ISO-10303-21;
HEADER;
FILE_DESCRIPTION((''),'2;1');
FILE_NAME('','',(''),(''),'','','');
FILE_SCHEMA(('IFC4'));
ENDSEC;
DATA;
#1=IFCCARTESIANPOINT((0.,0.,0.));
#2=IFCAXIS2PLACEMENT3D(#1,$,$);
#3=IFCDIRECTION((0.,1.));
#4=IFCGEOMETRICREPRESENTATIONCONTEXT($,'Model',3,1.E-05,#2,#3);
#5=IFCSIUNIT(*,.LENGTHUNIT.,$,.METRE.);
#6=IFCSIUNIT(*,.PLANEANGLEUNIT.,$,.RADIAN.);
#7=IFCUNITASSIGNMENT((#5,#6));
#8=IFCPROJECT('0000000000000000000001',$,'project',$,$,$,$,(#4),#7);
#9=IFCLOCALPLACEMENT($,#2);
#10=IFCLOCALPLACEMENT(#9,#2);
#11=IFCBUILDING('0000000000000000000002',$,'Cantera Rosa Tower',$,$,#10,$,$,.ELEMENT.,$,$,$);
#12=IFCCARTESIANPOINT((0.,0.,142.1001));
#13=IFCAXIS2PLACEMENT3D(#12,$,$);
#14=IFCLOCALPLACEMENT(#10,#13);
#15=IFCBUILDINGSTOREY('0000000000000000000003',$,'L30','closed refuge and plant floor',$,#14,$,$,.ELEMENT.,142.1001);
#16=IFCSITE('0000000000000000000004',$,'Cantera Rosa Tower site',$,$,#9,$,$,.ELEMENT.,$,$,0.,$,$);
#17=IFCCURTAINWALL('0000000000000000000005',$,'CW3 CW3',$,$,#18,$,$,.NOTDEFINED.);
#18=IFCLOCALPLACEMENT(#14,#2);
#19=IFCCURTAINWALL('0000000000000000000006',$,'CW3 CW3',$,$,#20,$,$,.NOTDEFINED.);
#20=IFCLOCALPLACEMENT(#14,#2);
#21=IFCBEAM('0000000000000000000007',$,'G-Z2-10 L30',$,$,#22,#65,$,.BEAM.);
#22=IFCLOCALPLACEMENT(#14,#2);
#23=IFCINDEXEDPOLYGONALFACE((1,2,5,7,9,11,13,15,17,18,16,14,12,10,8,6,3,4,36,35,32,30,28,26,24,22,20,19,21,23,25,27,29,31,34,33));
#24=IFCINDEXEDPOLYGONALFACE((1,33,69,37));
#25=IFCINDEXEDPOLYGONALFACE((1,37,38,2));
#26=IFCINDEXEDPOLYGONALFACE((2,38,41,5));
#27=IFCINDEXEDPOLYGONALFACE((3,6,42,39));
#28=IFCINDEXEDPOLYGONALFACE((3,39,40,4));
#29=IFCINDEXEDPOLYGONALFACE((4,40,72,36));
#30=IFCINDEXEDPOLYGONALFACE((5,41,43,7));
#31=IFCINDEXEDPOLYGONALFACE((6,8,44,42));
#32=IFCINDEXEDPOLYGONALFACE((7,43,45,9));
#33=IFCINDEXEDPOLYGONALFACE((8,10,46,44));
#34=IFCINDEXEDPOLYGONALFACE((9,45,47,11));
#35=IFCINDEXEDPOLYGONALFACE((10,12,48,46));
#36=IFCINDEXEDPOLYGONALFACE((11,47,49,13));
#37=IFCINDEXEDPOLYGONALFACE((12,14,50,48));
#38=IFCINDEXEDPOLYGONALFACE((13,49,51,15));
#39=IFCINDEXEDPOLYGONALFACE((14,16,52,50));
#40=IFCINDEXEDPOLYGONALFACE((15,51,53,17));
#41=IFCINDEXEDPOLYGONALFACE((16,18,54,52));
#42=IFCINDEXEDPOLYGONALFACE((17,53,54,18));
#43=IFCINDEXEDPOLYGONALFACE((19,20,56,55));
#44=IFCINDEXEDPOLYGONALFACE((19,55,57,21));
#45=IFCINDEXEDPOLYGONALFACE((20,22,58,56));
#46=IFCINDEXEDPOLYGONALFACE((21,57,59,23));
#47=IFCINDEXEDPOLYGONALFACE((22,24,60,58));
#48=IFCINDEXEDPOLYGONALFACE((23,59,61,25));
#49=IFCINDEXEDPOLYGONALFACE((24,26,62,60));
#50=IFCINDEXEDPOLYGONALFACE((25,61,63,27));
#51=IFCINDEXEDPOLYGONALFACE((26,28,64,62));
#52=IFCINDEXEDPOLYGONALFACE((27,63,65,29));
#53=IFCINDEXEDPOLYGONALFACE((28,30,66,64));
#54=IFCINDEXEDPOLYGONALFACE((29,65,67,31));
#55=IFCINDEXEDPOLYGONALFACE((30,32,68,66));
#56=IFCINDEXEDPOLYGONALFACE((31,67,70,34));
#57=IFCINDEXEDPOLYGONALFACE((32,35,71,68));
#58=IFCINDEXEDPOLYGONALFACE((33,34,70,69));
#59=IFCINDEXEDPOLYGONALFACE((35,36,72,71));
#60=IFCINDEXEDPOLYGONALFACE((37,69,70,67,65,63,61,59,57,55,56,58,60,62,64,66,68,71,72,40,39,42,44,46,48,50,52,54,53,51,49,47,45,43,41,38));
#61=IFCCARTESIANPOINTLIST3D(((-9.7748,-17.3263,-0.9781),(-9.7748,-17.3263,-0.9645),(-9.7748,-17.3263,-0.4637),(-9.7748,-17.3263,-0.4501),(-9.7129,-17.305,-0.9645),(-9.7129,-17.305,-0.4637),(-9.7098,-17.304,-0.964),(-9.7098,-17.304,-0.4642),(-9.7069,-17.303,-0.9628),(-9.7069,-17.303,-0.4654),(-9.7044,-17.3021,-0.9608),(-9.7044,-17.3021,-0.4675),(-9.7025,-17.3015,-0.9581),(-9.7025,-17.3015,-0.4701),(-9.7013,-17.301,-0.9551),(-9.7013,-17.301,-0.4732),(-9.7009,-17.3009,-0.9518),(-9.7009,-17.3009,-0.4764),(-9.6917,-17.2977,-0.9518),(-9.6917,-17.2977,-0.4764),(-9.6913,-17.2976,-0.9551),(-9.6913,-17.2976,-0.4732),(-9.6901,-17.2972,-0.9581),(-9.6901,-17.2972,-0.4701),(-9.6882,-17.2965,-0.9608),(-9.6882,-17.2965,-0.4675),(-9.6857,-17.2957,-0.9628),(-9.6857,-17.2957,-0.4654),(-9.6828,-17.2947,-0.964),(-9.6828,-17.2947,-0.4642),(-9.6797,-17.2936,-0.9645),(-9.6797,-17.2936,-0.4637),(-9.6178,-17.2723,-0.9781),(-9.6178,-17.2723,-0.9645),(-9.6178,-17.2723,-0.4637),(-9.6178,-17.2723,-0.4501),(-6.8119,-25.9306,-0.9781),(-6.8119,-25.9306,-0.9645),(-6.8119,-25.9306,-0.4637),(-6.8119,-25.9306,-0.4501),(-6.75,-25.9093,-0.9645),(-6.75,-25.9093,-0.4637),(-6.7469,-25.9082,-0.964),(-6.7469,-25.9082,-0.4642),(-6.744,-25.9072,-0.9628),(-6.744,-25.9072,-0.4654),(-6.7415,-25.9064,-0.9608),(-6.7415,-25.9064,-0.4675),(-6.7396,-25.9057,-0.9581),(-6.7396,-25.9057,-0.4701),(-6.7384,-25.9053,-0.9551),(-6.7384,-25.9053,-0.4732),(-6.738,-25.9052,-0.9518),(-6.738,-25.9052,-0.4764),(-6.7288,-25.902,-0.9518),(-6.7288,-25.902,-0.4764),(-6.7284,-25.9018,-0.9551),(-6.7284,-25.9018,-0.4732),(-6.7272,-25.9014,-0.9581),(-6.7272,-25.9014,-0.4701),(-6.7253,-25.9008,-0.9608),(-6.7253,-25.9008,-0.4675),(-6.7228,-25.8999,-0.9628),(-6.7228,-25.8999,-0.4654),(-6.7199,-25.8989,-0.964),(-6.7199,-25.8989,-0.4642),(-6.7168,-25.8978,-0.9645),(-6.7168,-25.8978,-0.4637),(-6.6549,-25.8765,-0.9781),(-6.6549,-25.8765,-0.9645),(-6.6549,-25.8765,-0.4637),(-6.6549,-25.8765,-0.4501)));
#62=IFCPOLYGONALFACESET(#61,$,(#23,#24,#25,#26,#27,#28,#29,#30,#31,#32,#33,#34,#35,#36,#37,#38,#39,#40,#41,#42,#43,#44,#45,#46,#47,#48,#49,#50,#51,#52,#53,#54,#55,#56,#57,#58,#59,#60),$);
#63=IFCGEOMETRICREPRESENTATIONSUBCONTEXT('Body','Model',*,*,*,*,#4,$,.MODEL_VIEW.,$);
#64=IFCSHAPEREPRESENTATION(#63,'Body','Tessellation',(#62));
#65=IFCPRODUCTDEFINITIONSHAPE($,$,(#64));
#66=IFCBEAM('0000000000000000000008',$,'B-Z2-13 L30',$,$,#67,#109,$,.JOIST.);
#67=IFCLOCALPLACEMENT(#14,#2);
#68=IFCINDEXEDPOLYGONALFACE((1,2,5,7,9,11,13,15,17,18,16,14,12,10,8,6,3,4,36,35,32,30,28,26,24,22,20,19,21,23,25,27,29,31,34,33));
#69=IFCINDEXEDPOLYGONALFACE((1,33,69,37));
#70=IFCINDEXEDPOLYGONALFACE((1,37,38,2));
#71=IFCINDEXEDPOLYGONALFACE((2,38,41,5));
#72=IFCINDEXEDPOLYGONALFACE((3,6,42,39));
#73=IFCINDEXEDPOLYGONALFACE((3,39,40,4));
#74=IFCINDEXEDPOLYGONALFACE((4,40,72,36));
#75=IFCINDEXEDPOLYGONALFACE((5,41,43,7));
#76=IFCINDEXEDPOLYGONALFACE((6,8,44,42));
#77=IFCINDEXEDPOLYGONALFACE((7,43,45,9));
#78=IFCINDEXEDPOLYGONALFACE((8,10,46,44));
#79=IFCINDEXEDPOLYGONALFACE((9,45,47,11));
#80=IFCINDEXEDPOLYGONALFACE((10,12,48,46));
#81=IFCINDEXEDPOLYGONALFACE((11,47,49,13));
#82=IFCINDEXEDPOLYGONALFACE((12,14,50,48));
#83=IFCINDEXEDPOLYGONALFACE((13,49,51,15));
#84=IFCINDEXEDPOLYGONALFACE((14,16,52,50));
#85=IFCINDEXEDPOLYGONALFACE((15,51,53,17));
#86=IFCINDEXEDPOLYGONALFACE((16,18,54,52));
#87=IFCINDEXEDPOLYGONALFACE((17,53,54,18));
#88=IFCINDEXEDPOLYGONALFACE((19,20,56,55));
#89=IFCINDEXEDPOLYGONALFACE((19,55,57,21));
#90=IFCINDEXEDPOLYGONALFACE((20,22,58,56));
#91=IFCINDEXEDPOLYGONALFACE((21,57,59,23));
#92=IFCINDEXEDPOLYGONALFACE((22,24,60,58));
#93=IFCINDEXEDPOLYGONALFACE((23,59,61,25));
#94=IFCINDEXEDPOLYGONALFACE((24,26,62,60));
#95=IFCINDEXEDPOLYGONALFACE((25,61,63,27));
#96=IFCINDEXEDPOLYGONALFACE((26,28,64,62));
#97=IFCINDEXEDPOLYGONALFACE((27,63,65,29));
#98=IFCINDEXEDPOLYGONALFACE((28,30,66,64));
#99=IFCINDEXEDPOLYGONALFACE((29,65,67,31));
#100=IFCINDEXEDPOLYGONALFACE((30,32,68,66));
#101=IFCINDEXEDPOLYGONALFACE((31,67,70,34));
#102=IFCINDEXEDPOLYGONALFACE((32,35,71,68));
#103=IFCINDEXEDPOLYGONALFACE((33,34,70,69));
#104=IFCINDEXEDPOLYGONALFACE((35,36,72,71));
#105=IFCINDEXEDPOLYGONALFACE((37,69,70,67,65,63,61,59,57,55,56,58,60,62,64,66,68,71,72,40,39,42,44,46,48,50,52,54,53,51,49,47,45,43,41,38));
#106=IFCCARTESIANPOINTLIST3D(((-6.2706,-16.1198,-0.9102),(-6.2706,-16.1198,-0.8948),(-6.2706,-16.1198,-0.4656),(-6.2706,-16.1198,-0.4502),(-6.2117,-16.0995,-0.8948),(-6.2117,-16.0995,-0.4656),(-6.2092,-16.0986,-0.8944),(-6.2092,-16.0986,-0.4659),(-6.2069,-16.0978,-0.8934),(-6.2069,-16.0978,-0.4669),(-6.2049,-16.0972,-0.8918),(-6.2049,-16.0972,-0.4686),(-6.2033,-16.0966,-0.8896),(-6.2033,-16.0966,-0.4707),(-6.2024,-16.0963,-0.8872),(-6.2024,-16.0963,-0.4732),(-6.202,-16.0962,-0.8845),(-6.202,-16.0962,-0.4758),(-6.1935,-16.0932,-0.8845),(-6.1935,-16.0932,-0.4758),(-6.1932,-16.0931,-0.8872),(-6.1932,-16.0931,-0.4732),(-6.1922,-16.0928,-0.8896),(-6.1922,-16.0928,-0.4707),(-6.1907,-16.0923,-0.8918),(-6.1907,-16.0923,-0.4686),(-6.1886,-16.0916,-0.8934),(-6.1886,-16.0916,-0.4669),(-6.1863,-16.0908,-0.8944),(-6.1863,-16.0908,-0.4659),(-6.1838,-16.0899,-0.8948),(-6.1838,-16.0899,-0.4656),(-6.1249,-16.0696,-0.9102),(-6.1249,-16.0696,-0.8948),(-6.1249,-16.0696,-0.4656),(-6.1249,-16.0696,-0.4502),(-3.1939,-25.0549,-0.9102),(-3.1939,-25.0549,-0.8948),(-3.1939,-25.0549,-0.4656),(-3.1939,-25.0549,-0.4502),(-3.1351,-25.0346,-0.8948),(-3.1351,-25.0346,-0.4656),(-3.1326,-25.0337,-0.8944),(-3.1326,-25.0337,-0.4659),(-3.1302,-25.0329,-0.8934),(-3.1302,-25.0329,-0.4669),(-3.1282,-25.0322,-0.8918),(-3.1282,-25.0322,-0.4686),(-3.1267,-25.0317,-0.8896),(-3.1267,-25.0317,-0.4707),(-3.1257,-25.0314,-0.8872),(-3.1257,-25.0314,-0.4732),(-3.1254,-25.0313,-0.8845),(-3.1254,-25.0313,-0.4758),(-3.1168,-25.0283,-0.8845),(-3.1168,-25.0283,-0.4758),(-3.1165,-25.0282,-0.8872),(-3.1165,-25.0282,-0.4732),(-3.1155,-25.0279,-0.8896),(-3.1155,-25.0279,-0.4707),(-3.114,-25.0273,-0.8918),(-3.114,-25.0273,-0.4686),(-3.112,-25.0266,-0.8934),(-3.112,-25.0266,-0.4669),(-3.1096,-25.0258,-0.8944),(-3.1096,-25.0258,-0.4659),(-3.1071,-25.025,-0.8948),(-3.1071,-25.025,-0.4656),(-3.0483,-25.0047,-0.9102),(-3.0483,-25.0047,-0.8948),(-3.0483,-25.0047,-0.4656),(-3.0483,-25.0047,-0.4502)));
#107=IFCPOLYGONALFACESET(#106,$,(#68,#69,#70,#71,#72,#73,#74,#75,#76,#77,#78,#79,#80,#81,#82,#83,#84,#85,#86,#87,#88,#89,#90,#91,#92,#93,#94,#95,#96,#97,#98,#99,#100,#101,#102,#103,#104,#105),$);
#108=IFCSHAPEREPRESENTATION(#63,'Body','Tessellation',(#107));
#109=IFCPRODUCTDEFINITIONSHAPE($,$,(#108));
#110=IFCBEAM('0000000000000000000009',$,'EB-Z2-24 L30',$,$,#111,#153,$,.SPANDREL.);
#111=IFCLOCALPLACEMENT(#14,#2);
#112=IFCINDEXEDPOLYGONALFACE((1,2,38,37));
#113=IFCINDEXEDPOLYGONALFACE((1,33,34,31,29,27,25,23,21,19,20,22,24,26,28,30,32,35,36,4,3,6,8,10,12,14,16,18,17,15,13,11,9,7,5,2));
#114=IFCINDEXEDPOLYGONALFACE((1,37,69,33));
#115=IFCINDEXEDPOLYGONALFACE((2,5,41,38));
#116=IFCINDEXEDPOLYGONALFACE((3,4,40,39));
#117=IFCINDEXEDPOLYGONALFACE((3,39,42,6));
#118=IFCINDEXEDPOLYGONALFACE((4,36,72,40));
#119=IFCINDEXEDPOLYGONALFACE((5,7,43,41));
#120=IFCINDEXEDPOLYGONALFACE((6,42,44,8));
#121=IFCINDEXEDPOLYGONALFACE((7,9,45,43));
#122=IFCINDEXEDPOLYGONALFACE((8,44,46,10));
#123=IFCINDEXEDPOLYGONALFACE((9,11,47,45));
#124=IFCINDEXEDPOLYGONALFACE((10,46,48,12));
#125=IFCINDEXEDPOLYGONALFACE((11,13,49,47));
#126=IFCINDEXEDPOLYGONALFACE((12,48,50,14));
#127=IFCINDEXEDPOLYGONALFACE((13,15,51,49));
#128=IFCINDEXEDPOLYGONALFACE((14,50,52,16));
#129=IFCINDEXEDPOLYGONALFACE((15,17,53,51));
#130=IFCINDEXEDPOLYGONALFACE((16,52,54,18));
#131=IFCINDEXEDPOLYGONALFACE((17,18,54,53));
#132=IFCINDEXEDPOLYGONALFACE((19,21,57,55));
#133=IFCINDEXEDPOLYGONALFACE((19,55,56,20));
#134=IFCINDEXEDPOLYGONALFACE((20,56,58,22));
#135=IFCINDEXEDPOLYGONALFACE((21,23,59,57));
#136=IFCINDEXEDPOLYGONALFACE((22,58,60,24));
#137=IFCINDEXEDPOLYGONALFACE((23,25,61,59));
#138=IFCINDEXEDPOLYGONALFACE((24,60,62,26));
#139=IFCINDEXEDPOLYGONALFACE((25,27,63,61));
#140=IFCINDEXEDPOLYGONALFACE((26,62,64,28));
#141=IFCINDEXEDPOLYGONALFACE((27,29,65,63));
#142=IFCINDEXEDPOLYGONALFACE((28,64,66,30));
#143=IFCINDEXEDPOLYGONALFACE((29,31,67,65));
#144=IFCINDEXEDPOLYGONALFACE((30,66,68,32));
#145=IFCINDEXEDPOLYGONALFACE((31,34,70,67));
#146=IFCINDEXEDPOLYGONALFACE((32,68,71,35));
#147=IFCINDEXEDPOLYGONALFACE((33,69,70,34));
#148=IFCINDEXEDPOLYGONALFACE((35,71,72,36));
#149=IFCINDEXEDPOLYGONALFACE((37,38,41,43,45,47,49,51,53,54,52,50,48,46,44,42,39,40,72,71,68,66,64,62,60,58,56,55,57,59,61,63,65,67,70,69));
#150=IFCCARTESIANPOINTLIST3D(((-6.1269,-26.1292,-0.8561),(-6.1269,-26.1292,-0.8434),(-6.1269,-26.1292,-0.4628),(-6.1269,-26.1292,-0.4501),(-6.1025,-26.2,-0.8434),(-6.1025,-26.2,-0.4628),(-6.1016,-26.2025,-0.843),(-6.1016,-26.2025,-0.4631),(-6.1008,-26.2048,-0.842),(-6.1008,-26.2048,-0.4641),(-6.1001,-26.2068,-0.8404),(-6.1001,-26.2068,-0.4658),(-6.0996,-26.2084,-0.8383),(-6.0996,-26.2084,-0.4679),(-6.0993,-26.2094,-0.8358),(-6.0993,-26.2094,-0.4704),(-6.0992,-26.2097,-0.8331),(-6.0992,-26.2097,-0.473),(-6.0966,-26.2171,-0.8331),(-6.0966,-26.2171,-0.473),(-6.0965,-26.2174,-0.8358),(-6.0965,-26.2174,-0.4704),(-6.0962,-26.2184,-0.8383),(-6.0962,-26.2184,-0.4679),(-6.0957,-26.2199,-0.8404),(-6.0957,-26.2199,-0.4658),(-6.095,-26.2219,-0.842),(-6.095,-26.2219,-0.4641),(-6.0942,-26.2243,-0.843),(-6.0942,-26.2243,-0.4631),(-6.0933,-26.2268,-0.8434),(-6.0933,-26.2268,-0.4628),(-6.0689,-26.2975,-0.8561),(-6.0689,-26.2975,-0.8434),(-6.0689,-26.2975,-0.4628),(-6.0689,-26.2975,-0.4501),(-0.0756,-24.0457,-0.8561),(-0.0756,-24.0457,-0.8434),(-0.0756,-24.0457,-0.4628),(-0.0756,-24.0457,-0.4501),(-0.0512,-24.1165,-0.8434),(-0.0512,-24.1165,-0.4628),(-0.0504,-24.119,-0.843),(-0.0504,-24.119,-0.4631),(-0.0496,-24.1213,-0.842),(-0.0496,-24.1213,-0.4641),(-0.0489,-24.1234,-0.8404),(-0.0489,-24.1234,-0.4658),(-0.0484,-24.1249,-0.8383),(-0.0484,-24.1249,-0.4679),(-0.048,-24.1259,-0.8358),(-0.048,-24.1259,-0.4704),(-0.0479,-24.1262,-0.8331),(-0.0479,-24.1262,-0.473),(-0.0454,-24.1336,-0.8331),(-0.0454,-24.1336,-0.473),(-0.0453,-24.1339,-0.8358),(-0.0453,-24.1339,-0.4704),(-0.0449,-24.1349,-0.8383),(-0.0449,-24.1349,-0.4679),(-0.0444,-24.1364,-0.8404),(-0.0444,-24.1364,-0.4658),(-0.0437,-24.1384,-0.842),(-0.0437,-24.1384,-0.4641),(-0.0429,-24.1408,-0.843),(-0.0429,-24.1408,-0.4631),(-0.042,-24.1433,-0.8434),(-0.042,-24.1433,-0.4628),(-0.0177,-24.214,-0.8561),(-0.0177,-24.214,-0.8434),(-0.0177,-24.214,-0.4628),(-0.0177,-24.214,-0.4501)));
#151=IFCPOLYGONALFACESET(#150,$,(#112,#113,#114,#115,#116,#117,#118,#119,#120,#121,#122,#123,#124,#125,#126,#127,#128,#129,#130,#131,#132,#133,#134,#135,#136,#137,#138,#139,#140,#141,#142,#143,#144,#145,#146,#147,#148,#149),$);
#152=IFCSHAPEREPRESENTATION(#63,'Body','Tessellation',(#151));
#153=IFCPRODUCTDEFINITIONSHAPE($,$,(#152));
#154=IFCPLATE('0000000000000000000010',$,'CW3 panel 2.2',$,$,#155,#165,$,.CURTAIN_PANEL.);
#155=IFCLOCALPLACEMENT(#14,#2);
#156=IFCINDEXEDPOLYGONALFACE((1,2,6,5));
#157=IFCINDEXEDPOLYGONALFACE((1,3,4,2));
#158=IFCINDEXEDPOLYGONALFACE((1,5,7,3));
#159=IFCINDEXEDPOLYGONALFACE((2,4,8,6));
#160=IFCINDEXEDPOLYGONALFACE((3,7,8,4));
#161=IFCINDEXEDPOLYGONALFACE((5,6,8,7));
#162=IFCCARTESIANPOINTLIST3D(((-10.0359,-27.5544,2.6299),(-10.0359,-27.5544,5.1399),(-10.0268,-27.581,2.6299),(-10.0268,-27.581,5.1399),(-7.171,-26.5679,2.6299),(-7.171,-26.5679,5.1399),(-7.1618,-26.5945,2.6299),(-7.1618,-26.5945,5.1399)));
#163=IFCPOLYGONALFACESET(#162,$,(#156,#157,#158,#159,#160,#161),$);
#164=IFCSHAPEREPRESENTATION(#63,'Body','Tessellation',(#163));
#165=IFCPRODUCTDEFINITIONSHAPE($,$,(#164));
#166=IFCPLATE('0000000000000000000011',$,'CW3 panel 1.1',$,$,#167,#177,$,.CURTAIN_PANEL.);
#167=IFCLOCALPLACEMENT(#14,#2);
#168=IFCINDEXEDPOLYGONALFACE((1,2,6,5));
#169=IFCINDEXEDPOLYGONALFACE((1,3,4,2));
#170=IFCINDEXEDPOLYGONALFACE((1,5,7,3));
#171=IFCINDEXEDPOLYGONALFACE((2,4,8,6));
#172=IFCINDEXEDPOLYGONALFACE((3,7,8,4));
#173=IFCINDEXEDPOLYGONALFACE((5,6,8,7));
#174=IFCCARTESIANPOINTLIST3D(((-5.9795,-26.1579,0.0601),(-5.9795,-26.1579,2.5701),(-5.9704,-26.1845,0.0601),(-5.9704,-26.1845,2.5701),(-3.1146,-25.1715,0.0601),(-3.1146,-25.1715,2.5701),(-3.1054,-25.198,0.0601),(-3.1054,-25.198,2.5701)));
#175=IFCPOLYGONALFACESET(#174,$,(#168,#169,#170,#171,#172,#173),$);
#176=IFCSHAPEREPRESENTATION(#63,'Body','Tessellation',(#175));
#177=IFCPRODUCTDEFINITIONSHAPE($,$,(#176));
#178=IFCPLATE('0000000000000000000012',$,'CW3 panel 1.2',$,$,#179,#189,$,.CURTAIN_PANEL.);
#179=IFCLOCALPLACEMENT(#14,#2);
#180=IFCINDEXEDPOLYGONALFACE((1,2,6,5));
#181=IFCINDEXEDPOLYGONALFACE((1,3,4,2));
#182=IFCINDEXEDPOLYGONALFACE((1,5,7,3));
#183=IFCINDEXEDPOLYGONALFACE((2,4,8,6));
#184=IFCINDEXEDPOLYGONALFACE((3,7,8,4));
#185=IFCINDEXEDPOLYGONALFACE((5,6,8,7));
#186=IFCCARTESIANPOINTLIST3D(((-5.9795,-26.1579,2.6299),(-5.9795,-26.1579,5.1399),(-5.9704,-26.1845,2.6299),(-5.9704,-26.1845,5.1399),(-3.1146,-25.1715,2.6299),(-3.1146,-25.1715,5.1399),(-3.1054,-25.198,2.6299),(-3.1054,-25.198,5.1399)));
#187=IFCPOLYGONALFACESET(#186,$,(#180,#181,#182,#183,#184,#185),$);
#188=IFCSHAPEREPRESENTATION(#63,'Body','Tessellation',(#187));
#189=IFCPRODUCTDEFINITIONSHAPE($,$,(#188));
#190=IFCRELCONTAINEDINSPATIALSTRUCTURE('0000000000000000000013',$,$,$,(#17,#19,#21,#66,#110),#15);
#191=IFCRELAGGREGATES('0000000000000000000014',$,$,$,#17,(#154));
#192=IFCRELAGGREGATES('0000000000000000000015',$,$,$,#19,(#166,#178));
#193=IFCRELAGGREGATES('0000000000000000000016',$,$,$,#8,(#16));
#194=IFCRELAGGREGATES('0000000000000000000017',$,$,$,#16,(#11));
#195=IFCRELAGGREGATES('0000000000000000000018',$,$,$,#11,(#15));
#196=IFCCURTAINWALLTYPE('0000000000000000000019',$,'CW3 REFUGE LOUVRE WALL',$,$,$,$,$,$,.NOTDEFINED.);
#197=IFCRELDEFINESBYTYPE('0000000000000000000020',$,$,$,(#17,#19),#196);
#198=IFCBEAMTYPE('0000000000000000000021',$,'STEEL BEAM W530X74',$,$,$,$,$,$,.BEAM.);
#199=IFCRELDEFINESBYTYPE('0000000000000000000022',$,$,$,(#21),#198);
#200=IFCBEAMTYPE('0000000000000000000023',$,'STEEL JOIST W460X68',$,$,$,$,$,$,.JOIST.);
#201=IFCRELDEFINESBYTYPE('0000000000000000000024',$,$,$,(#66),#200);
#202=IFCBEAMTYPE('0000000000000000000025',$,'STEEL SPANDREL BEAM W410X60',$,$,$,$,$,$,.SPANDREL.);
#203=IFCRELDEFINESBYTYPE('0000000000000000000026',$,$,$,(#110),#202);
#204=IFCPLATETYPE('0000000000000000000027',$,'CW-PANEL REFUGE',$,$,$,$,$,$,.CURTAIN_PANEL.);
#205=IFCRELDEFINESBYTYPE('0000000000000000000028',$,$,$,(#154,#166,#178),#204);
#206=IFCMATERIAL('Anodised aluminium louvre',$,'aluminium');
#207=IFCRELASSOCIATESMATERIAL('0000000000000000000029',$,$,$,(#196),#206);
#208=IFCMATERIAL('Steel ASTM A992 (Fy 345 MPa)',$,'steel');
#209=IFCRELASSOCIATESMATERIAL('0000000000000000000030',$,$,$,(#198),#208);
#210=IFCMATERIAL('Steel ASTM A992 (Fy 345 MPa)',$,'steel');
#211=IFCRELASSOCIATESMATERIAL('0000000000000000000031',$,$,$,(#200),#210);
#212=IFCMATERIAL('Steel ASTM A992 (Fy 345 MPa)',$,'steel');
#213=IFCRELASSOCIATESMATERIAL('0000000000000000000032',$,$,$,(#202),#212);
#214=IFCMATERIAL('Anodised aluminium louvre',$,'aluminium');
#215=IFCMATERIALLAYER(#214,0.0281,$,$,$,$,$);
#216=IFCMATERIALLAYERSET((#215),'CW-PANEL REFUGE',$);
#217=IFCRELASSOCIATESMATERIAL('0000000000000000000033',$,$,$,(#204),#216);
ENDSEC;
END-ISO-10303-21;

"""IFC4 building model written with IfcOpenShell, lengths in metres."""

from ifc_helpers import new_model, si_unit, direction, frame, origin, origin_2d, place, context, subcontext, project, spatial, rectangle, i_section, extrude, material, layer, layer_set, material_profile, profile_set, type_object, element, aggregate, save


model = new_model("IFC4")

# Units and contexts
model_context = context("Model", 3, precision=1e-05, world=origin(), true_north=direction((0.0, 1.0)))
body_context = subcontext(model_context, "Body", "Model", "MODEL_VIEW")
ifc_project = project(units=[si_unit("LENGTHUNIT", "METRE"), si_unit("PLANEANGLEUNIT", "RADIAN")], contexts=[model_context])

# Site, building, storey
site_placement = place(None, origin())
site = spatial("IfcSite", under=ifc_project, at=site_placement, Name="Cantera Rosa Tower site", CompositionType="ELEMENT", RefElevation=0.0)
building_placement = place(site_placement, origin())
building = spatial("IfcBuilding", under=site, at=building_placement, Name="Cantera Rosa Tower", CompositionType="ELEMENT")
storey_placement = place(building_placement, frame((0.0, 0.0, 142.1001)))
storey = spatial("IfcBuildingStorey", under=building, at=storey_placement, Name="L30", Description="closed refuge and plant floor", CompositionType="ELEMENT", Elevation=142.1001)

# Curtain wall
ifc_material_1 = material(Name="Anodised aluminium louvre", Category="aluminium")
curtain_wall_type = type_object("IfcCurtainWallType", Name="CW3 REFUGE LOUVRE WALL", PredefinedType="NOTDEFINED", material=ifc_material_1)
curtain_wall_1_placement = place(storey_placement, origin())
curtain_wall_1 = element("IfcCurtainWall", 1, at=curtain_wall_1_placement, inside=storey, type_object=curtain_wall_type, Name="CW3 CW3", PredefinedType="NOTDEFINED")

# Curtain wall
curtain_wall_2_placement = place(storey_placement, origin())
curtain_wall_2 = element("IfcCurtainWall", 2, at=curtain_wall_2_placement, inside=storey, type_object=curtain_wall_type, Name="CW3 CW3", PredefinedType="NOTDEFINED")

# Beams
ifc_material_2 = material(Name="Steel ASTM A992 (Fy 345 MPa)", Category="steel")
ifc_material_profile_1 = material_profile(ifc_material_2, i_section(OverallWidth=0.166, OverallDepth=0.5281, WebThickness=0.0098, FlangeThickness=0.0137, FilletRadius=0.0127, at=origin_2d()), Name="W530X74")
ifc_profile_set_1 = profile_set([ifc_material_profile_1], Name="Steel ASTM A992 (Fy 345 MPa)")
beam_type_1 = type_object("IfcBeamType", Name="STEEL BEAM W530X74", PredefinedType="BEAM", material=ifc_profile_set_1)
beam_1_placement = place(storey_placement, frame((-6.7334, -25.9036, -0.7141), z_axis=(-0.325589, 0.945511, 0.0), x_axis=(-0.945511, -0.325589, 0.0)))
element("IfcBeam", 3, at=beam_1_placement, inside=storey, type_object=beam_type_1, Name="G-Z2-10 L30", PredefinedType="BEAM", context=body_context, shape_type="SweptSolid", body=[
    extrude(i_section(OverallWidth=0.166, OverallDepth=0.5281, WebThickness=0.0098, FlangeThickness=0.0137, FilletRadius=0.0127, at=origin_2d()), origin(), (0.0, 0.0, 1.0), 9.1001),
])
ifc_material_3 = material(Name="Steel ASTM A992 (Fy 345 MPa)", Category="steel")
ifc_material_profile_2 = material_profile(ifc_material_3, i_section(OverallWidth=0.1541, OverallDepth=0.46, WebThickness=0.009, FlangeThickness=0.0154, FilletRadius=0.0103, at=origin_2d()), Name="W460X68")
ifc_profile_set_2 = profile_set([ifc_material_profile_2], Name="Steel ASTM A992 (Fy 345 MPa)")
beam_type_2 = type_object("IfcBeamType", Name="STEEL JOIST W460X68", PredefinedType="JOIST", material=ifc_profile_set_2)
beam_2_placement = place(storey_placement, frame((-3.1211, -25.0298, -0.6802), z_axis=(-0.325575, 0.945516, 0.0), x_axis=(-0.945516, -0.325575, 0.0)))
element("IfcBeam", 4, at=beam_2_placement, inside=storey, type_object=beam_type_2, Name="B-Z2-13 L30", PredefinedType="JOIST", context=body_context, shape_type="SweptSolid", body=[
    extrude(i_section(OverallWidth=0.1541, OverallDepth=0.46, WebThickness=0.009, FlangeThickness=0.0154, FilletRadius=0.0103, at=origin_2d()), origin(), (0.0, 0.0, 1.0), 9.45),
])
ifc_material_4 = material(Name="Steel ASTM A992 (Fy 345 MPa)", Category="steel")
ifc_material_profile_3 = material_profile(ifc_material_4, i_section(OverallWidth=0.178, OverallDepth=0.406, WebThickness=0.0078, FlangeThickness=0.0127, FilletRadius=0.0103, at=origin_2d()), Name="W410X60")
ifc_profile_set_3 = profile_set([ifc_material_profile_3], Name="Steel ASTM A992 (Fy 345 MPa)")
beam_type_3 = type_object("IfcBeamType", Name="STEEL SPANDREL BEAM W410X60", PredefinedType="SPANDREL", material=ifc_profile_set_3)
beam_3_placement = place(storey_placement, frame((-6.0979, -26.2134, -0.6531), z_axis=(0.945524, 0.325551, 0.0), x_axis=(-0.325551, 0.945524, 0.0)))
element("IfcBeam", 5, at=beam_3_placement, inside=storey, type_object=beam_type_3, Name="EB-Z2-24 L30", PredefinedType="SPANDREL", context=body_context, shape_type="SweptSolid", body=[
    extrude(i_section(OverallWidth=0.178, OverallDepth=0.406, WebThickness=0.0078, FlangeThickness=0.0127, FilletRadius=0.0103, at=origin_2d()), origin(), (0.0, 0.0, 1.0), 6.3999),
])

# Plates
ifc_material_5 = material(Name="Anodised aluminium louvre", Category="aluminium")
ifc_layer_1 = layer(ifc_material_5, 0.0281)
ifc_layer_set_1 = layer_set([ifc_layer_1], Name="CW-PANEL REFUGE")
plate_type = type_object("IfcPlateType", Name="CW-PANEL REFUGE", PredefinedType="CURTAIN_PANEL", material=ifc_layer_set_1)
plate_1_placement = place(storey_placement, frame((-8.5989, -27.0745, 2.6299), z_axis=(0.0, 0.0, 1.0), x_axis=(0.945519, 0.325568, 0.0)))
plate_1 = element("IfcPlate", 6, at=plate_1_placement, type_object=plate_type, Name="CW3 panel 2.2", PredefinedType="CURTAIN_PANEL", context=body_context, shape_type="SweptSolid", body=[
    extrude(rectangle(XDim=3.03, YDim=0.0281, at=origin_2d()), origin(), (0.0, 0.0, 1.0), 2.51),
])
aggregate(curtain_wall_1, [plate_1])
plate_2_placement = place(storey_placement, frame((-4.5425, -25.678, 0.0601), z_axis=(0.0, 0.0, 1.0), x_axis=(0.945519, 0.325568, 0.0)))
plate_2 = element("IfcPlate", 7, at=plate_2_placement, type_object=plate_type, Name="CW3 panel 1.1", PredefinedType="CURTAIN_PANEL", context=body_context, shape_type="SweptSolid", body=[
    extrude(rectangle(XDim=3.03, YDim=0.0281, at=origin_2d()), origin(), (0.0, 0.0, 1.0), 2.51),
])
plate_3_placement = place(storey_placement, frame((-4.5425, -25.678, 2.6299), z_axis=(0.0, 0.0, 1.0), x_axis=(0.945519, 0.325568, 0.0)))
plate_3 = element("IfcPlate", 8, at=plate_3_placement, type_object=plate_type, Name="CW3 panel 1.2", PredefinedType="CURTAIN_PANEL", context=body_context, shape_type="SweptSolid", body=[
    extrude(rectangle(XDim=3.03, YDim=0.0281, at=origin_2d()), origin(), (0.0, 0.0, 1.0), 2.51),
])
aggregate(curtain_wall_2, [plate_2, plate_3])

save(model, "model.ifc")
